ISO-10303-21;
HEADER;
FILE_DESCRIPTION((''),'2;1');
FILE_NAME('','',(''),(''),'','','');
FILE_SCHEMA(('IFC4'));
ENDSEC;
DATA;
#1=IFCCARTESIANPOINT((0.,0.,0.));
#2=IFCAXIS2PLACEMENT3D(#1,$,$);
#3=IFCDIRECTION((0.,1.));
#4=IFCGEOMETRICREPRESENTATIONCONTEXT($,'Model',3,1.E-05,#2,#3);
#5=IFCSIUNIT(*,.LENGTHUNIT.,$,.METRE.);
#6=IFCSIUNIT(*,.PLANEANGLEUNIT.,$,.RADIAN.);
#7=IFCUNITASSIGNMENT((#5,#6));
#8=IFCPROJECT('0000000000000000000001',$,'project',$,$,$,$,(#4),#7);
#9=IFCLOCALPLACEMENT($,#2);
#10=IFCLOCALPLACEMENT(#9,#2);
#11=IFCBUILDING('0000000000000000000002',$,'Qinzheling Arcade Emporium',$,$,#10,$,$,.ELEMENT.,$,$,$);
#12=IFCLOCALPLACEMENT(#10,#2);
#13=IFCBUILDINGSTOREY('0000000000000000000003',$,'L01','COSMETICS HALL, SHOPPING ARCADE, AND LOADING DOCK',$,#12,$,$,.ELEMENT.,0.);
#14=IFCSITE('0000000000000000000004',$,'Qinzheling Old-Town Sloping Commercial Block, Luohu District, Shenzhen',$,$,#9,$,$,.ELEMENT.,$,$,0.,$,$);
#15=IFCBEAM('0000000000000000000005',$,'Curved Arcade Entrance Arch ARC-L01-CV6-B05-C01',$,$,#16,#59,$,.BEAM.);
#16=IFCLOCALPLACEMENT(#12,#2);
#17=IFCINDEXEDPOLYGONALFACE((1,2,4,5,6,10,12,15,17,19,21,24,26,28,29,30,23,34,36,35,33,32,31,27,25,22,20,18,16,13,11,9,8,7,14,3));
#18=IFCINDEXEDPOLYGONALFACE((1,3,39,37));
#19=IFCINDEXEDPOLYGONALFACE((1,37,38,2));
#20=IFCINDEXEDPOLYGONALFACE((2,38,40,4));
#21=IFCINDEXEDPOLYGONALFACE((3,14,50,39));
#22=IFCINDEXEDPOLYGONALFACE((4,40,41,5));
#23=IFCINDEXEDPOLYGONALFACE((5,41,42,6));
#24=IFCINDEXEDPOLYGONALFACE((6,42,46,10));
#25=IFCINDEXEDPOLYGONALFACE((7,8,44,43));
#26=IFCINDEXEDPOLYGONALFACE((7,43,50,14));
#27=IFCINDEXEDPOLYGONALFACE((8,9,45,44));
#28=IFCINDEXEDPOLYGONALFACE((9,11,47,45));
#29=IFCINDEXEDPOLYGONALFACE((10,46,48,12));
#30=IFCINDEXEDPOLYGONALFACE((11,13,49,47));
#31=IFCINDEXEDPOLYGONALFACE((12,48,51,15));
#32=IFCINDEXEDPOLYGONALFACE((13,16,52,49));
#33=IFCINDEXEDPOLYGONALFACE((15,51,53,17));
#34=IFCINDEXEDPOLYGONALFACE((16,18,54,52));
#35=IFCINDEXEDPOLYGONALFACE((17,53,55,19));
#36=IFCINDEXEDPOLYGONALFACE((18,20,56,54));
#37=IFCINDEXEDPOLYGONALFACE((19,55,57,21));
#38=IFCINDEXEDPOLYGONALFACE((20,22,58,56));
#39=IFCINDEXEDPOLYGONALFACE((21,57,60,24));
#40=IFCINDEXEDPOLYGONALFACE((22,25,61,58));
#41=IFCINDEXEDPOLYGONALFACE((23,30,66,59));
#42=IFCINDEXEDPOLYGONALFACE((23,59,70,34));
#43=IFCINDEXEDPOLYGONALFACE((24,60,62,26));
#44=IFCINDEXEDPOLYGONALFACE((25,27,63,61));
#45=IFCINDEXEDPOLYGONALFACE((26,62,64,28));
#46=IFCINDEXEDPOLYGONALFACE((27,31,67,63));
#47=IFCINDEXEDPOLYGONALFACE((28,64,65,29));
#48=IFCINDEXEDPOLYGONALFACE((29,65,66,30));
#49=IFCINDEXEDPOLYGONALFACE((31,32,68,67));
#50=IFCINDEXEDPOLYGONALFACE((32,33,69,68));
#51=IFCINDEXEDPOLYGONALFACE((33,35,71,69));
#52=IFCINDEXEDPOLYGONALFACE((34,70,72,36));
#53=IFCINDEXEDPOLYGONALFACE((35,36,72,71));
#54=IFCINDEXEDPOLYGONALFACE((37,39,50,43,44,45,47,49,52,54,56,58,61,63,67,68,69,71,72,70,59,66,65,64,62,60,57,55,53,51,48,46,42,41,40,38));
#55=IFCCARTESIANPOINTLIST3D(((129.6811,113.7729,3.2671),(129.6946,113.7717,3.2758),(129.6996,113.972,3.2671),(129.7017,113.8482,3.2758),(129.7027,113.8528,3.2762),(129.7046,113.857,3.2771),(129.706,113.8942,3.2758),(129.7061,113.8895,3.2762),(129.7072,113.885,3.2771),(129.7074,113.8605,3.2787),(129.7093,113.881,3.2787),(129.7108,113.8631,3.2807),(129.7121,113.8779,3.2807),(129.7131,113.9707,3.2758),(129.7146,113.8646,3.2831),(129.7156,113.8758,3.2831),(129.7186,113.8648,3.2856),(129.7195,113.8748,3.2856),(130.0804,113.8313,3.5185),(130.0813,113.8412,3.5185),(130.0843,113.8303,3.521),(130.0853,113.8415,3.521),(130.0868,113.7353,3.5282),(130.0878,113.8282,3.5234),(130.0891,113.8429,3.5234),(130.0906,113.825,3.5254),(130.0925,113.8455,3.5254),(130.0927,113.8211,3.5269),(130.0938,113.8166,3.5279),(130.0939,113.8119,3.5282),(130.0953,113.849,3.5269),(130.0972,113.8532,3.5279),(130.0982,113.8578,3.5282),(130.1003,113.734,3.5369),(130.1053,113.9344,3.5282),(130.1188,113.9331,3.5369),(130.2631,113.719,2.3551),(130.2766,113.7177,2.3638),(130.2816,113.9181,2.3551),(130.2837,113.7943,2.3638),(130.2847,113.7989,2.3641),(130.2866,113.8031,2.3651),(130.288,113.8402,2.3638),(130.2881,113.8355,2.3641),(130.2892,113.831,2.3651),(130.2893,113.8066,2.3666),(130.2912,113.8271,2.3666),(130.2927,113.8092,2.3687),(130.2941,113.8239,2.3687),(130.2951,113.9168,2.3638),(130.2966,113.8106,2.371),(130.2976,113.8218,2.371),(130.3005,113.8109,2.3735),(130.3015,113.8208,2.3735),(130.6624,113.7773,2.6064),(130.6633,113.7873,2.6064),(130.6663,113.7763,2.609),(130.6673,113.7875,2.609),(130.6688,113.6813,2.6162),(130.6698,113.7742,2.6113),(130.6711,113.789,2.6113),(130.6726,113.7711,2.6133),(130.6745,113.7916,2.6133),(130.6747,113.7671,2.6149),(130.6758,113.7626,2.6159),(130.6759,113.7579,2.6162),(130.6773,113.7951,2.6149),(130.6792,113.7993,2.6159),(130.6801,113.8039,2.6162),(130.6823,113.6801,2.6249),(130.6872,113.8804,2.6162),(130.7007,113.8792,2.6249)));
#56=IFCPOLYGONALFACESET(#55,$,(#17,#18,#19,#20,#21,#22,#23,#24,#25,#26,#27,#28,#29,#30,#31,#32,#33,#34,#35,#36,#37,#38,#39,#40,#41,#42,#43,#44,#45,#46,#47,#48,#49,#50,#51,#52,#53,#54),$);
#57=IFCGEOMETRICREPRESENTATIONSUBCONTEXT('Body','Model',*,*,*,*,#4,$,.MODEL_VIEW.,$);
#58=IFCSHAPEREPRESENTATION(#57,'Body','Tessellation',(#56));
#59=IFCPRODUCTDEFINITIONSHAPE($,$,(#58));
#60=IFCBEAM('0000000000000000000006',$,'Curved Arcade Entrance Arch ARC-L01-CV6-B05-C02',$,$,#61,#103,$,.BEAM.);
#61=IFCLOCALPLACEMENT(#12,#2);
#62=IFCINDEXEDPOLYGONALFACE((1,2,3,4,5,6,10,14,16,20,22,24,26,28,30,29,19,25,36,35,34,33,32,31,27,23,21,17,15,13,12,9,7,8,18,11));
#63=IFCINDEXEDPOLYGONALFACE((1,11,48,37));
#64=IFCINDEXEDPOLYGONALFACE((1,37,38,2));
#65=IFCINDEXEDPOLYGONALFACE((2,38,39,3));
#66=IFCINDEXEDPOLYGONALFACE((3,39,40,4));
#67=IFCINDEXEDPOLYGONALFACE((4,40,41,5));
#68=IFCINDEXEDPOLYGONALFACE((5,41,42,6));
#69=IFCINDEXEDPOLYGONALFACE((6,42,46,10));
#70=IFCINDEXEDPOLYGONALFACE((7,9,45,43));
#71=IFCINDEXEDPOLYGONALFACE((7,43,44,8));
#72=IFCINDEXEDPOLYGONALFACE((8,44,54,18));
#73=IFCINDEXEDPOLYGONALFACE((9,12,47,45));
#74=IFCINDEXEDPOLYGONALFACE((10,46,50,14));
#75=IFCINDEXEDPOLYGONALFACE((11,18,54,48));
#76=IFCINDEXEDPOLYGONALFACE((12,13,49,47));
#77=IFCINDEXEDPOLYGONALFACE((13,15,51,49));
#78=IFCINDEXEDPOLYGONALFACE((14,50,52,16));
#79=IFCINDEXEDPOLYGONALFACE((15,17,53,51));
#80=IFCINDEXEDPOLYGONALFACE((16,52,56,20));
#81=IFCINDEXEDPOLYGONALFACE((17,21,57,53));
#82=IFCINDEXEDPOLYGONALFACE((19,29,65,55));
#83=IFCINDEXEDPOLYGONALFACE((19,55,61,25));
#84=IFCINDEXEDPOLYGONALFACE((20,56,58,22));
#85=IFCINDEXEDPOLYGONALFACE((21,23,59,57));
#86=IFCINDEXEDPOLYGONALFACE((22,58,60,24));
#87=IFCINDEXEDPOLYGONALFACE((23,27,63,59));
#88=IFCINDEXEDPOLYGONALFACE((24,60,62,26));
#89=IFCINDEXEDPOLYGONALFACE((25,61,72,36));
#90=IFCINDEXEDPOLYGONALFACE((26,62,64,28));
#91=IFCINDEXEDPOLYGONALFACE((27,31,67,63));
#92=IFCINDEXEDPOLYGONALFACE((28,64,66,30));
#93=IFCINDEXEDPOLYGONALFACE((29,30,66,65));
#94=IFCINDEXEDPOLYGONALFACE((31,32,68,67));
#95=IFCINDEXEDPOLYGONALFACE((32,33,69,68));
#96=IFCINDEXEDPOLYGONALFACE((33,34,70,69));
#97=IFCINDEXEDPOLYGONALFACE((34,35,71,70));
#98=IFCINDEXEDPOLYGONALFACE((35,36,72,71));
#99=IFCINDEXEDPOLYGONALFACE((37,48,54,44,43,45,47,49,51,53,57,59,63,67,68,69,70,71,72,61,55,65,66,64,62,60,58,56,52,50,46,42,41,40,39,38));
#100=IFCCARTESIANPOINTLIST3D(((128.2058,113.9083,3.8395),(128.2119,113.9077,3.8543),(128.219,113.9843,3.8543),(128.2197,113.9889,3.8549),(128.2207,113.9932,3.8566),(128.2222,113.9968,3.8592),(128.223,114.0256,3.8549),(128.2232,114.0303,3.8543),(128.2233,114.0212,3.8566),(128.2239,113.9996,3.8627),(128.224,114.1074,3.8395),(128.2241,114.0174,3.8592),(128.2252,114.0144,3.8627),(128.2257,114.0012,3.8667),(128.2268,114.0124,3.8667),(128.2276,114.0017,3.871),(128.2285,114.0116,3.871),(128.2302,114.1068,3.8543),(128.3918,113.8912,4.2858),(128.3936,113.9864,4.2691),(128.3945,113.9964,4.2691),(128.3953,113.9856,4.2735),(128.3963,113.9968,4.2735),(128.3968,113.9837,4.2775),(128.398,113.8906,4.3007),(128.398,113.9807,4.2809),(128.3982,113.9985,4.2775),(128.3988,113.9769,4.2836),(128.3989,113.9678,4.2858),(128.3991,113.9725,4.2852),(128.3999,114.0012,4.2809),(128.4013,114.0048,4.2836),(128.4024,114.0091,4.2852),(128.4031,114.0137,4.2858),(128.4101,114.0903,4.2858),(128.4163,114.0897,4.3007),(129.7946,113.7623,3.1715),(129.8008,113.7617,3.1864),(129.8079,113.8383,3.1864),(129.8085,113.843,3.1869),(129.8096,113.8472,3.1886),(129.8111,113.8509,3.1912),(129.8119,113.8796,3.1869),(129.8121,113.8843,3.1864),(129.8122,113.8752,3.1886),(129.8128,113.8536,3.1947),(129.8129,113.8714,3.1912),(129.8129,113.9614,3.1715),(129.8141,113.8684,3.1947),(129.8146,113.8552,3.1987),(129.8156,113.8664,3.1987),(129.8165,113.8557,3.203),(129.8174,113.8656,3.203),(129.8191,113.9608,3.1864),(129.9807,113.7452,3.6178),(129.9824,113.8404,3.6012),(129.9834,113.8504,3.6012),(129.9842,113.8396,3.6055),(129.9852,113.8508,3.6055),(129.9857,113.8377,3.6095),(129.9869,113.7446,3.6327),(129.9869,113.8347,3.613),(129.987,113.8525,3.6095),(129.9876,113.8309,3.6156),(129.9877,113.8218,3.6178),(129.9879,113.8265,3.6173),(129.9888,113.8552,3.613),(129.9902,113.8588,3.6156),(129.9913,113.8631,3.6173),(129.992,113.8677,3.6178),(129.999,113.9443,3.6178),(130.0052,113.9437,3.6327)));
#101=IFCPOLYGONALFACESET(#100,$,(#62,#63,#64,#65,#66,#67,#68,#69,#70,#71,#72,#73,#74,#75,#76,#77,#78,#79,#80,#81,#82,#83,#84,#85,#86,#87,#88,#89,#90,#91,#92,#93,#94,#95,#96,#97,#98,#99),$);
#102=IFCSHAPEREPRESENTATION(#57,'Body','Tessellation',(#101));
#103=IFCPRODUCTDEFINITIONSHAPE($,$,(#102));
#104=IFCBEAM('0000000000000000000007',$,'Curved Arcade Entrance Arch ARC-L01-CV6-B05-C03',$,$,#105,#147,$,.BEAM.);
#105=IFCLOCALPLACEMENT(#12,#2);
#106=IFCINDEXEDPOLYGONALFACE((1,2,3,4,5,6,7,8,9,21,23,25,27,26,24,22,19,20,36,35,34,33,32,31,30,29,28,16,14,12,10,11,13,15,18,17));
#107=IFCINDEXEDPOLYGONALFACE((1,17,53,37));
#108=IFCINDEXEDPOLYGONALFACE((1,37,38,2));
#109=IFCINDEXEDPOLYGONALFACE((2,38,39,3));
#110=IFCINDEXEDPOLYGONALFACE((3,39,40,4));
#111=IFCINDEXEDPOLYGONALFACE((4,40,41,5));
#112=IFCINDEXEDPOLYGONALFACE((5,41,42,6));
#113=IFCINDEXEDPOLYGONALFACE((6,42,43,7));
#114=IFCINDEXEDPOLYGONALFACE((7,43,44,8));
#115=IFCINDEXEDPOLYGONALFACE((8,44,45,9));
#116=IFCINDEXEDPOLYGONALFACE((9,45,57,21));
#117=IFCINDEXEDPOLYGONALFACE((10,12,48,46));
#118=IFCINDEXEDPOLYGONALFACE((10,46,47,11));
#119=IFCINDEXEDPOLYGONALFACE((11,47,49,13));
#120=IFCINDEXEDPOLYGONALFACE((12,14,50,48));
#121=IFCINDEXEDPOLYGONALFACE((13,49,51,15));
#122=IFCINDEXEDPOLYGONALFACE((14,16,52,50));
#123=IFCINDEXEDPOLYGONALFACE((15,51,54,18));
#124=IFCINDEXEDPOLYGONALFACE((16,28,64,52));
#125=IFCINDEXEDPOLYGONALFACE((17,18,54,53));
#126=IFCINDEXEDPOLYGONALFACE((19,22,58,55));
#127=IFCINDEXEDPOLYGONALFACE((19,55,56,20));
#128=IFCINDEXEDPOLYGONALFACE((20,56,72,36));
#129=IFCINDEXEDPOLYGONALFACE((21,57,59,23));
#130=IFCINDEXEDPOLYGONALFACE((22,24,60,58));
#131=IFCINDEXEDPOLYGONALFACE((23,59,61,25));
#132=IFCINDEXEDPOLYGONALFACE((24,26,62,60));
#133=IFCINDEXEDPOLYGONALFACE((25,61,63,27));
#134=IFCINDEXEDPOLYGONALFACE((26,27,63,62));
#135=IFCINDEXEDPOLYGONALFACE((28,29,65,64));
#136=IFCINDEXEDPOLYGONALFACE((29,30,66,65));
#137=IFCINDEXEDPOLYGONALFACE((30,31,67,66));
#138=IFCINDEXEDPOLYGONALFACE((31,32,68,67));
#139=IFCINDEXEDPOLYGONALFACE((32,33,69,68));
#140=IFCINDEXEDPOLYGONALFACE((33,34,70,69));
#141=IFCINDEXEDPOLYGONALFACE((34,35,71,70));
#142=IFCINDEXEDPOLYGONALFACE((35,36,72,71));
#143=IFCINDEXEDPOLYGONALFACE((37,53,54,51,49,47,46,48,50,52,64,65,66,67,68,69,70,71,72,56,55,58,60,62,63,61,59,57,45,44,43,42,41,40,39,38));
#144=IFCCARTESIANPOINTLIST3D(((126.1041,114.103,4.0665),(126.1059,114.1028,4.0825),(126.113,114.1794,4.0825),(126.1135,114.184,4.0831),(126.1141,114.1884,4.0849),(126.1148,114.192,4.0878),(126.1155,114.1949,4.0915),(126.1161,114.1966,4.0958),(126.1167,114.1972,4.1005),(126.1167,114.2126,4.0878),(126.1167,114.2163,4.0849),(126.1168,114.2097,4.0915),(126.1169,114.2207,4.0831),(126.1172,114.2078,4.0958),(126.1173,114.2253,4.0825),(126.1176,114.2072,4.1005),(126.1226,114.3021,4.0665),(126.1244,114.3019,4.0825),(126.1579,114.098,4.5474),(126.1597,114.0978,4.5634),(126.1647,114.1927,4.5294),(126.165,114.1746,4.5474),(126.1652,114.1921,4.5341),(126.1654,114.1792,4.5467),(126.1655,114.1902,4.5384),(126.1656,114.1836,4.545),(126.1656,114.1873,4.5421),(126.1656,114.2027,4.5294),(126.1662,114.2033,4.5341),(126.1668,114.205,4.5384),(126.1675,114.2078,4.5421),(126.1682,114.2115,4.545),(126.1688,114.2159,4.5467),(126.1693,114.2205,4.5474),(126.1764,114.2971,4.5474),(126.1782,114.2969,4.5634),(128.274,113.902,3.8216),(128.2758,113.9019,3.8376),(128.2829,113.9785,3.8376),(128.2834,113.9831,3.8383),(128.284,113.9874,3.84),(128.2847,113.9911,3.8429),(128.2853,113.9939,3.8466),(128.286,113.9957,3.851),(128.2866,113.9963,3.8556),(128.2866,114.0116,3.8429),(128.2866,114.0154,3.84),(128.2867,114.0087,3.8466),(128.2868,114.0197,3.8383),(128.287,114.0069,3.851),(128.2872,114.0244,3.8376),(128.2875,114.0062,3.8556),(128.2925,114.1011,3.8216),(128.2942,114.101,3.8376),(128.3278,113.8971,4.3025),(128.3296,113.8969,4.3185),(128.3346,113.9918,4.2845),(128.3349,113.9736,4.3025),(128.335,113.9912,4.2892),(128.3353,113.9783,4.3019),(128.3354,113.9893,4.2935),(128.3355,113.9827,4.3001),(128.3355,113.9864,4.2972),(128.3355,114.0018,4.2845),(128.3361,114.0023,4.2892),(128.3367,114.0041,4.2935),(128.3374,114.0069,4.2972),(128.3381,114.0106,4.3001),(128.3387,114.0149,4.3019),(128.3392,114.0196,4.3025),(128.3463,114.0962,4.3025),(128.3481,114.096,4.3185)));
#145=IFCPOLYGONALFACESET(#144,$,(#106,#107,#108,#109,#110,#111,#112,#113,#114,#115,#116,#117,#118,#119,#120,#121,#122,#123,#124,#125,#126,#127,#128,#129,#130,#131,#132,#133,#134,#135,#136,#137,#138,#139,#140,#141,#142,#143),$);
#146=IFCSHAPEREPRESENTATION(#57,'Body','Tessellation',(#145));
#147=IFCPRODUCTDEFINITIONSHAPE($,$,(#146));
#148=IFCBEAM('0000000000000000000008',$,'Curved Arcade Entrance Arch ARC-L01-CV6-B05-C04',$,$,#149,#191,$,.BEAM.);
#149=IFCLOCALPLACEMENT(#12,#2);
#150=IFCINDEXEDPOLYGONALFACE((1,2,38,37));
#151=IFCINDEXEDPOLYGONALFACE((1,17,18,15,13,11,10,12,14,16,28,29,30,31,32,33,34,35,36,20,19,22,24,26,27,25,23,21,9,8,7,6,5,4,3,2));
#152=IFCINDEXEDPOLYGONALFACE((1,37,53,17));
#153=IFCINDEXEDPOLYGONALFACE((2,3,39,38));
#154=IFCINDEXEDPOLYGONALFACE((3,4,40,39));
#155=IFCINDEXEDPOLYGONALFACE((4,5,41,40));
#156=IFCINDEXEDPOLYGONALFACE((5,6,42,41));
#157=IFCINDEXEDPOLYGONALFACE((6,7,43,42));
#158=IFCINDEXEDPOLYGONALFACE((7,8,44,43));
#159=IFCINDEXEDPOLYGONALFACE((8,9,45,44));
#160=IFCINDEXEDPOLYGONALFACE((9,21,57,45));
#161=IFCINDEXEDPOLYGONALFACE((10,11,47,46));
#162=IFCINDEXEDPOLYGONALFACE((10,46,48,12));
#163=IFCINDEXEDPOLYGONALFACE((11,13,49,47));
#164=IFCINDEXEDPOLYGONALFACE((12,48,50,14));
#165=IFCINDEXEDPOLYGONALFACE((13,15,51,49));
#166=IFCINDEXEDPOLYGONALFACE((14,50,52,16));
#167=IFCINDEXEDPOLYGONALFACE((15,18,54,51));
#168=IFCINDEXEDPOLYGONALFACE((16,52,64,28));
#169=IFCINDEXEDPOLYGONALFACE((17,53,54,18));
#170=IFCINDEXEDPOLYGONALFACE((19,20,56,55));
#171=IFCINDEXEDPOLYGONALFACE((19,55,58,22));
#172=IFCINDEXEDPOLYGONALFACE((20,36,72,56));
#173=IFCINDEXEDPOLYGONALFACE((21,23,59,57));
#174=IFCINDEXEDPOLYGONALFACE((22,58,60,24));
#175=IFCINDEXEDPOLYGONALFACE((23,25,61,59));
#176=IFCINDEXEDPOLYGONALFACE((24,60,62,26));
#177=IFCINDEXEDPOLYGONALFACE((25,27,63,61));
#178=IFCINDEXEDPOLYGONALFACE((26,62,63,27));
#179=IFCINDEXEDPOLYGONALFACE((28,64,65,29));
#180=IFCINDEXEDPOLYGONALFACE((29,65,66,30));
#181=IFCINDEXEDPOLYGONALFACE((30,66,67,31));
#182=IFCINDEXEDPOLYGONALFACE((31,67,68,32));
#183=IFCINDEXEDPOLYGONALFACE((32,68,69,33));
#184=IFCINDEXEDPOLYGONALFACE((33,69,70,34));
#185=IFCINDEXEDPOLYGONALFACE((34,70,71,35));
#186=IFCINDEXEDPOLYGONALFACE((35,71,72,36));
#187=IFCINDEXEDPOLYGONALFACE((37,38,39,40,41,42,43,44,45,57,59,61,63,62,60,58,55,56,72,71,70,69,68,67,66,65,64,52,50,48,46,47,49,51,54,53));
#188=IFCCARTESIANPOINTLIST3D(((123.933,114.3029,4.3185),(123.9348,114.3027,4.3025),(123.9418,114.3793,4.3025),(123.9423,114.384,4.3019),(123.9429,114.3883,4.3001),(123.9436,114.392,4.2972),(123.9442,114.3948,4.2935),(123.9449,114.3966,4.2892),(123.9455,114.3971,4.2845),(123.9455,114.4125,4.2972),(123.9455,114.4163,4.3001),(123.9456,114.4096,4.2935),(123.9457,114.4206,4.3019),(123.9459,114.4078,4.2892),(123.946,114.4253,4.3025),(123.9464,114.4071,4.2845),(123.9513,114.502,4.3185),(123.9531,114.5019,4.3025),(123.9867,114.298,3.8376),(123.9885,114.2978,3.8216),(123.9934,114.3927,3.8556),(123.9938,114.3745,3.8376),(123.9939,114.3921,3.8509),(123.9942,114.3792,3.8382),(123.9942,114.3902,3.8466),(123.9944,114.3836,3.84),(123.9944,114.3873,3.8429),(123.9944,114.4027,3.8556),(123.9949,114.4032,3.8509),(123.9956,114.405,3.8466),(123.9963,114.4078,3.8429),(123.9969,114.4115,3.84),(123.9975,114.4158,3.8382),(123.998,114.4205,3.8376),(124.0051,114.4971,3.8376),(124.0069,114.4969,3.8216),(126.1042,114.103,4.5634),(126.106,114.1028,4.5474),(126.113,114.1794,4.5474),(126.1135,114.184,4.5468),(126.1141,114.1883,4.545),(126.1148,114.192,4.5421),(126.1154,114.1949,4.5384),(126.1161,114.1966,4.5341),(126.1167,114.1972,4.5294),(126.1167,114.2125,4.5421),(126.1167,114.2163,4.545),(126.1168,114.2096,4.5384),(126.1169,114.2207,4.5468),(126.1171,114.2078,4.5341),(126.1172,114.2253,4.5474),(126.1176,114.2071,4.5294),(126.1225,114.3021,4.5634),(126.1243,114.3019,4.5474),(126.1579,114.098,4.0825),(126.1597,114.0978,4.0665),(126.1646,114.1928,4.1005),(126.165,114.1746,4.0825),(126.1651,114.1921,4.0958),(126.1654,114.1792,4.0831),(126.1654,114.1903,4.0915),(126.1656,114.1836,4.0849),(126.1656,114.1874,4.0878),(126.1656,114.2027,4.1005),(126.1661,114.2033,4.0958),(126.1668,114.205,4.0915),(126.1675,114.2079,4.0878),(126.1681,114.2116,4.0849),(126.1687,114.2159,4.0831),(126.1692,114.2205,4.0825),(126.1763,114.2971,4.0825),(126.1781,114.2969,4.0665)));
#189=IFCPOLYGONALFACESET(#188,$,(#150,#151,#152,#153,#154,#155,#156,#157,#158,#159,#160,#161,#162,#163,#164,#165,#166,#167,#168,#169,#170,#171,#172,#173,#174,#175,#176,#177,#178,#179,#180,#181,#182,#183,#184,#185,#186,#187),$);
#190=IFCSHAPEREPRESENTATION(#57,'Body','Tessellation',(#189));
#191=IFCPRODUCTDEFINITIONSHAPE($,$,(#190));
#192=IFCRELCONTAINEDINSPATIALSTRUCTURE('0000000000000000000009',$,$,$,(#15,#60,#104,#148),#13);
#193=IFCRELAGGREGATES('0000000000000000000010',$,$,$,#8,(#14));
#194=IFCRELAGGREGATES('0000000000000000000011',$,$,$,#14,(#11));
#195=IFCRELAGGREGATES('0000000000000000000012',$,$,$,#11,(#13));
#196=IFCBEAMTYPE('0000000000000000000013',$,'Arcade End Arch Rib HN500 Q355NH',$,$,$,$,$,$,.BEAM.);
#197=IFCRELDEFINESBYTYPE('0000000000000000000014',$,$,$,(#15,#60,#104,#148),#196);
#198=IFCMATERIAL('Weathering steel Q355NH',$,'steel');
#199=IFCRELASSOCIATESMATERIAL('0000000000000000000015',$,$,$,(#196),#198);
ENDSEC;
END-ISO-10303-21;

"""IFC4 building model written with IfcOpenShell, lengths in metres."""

from ifc_helpers import new_model, si_unit, direction, frame, origin, origin_2d, place, context, subcontext, project, spatial, i_section, extrude, material, material_profile, profile_set, type_object, element, save


model = new_model("IFC4")

# Units and contexts
model_context = context("Model", 3, precision=1e-05, world=origin(), true_north=direction((0.0, 1.0)))
body_context = subcontext(model_context, "Body", "Model", "MODEL_VIEW")
ifc_project = project(units=[si_unit("LENGTHUNIT", "METRE"), si_unit("PLANEANGLEUNIT", "RADIAN")], contexts=[model_context])

# Site, building, storey
site_placement = place(None, origin())
site = spatial("IfcSite", under=ifc_project, at=site_placement, Name="Qinzheling Old-Town Sloping Commercial Block, Luohu District, Shenzhen", CompositionType="ELEMENT", RefElevation=0.0)
building_placement = place(site_placement, origin())
building = spatial("IfcBuilding", under=site, at=building_placement, Name="Qinzheling Arcade Emporium", CompositionType="ELEMENT")
storey_placement = place(building_placement, origin())
storey = spatial("IfcBuildingStorey", under=building, at=storey_placement, Name="L01", Description="COSMETICS HALL, SHOPPING ARCADE, AND LOADING DOCK", CompositionType="ELEMENT", Elevation=0.0)

# Beams
ifc_material_1 = material(Name="Weathering steel Q355NH", Category="steel")
ifc_material_profile_1 = material_profile(ifc_material_1, i_section(OverallWidth=0.2, OverallDepth=0.5, WebThickness=0.01, FlangeThickness=0.0161, FilletRadius=0.0181, at=origin_2d()), Name="HN 500x200x10x16", Category="steel")
ifc_profile_set_1 = profile_set([ifc_material_profile_1], Name="Weathering steel Q355NH")
beam_type_1 = type_object("IfcBeamType", Name="Arcade End Arch Rib HN500 Q355NH", PredefinedType="BEAM", material=ifc_profile_set_1)
beam_1_placement = place(storey_placement, frame((130.4819, 113.7991, 2.49), z_axis=(-0.537259, 0.049805, 0.841946), x_axis=(-0.092306, -0.995731, 0.0)))
element("IfcBeam", 1, at=beam_1_placement, inside=storey, type_object=beam_type_1, Name="Curved Arcade Entrance Arch ARC-L01-CV6-B05-C01", PredefinedType="BEAM", context=body_context, shape_type="SweptSolid", body=[
    extrude(i_section(OverallWidth=0.2, OverallDepth=0.5, WebThickness=0.01, FlangeThickness=0.0161, FilletRadius=0.0181, at=origin_2d()), origin(), (0.0, 0.0, 1.0), 1.0833),
])
beam_2_placement = place(storey_placement, frame((129.8999, 113.853, 3.4021), z_axis=(-0.918559, 0.084404, 0.386167), x_axis=(-0.091501, -0.995805, 0.0)))
element("IfcBeam", 2, at=beam_2_placement, inside=storey, type_object=beam_type_1, Name="Curved Arcade Entrance Arch ARC-L01-CV6-B05-C02", PredefinedType="BEAM", context=body_context, shape_type="SweptSolid", body=[
    extrude(i_section(OverallWidth=0.2, OverallDepth=0.5, WebThickness=0.01, FlangeThickness=0.0161, FilletRadius=0.0181, at=origin_2d()), origin(), (0.0, 0.0, 1.0), 1.7297),
])
beam_3_placement = place(storey_placement, frame((128.311, 113.999, 4.0701), z_axis=(-0.989513, 0.091626, 0.111665), x_axis=(-0.092202, -0.99574, 0.0)))
element("IfcBeam", 3, at=beam_3_placement, inside=storey, type_object=beam_type_1, Name="Curved Arcade Entrance Arch ARC-L01-CV6-B05-C03", PredefinedType="BEAM", context=body_context, shape_type="SweptSolid", body=[
    extrude(i_section(OverallWidth=0.2, OverallDepth=0.5, WebThickness=0.01, FlangeThickness=0.0161, FilletRadius=0.0181, at=origin_2d()), origin(), (0.0, 0.0, 1.0), 2.1929),
])
beam_4_placement = place(storey_placement, frame((126.1411, 114.2, 4.3149), z_axis=(-0.989565, 0.091134, -0.111608), x_axis=(-0.091707, -0.995786, 0.0)))
element("IfcBeam", 4, at=beam_4_placement, inside=storey, type_object=beam_type_1, Name="Curved Arcade Entrance Arch ARC-L01-CV6-B05-C04", PredefinedType="BEAM", context=body_context, shape_type="SweptSolid", body=[
    extrude(i_section(OverallWidth=0.2, OverallDepth=0.5, WebThickness=0.01, FlangeThickness=0.0161, FilletRadius=0.0181, at=origin_2d()), origin(), (0.0, 0.0, 1.0), 2.1941),
])

save(model, "model.ifc")
